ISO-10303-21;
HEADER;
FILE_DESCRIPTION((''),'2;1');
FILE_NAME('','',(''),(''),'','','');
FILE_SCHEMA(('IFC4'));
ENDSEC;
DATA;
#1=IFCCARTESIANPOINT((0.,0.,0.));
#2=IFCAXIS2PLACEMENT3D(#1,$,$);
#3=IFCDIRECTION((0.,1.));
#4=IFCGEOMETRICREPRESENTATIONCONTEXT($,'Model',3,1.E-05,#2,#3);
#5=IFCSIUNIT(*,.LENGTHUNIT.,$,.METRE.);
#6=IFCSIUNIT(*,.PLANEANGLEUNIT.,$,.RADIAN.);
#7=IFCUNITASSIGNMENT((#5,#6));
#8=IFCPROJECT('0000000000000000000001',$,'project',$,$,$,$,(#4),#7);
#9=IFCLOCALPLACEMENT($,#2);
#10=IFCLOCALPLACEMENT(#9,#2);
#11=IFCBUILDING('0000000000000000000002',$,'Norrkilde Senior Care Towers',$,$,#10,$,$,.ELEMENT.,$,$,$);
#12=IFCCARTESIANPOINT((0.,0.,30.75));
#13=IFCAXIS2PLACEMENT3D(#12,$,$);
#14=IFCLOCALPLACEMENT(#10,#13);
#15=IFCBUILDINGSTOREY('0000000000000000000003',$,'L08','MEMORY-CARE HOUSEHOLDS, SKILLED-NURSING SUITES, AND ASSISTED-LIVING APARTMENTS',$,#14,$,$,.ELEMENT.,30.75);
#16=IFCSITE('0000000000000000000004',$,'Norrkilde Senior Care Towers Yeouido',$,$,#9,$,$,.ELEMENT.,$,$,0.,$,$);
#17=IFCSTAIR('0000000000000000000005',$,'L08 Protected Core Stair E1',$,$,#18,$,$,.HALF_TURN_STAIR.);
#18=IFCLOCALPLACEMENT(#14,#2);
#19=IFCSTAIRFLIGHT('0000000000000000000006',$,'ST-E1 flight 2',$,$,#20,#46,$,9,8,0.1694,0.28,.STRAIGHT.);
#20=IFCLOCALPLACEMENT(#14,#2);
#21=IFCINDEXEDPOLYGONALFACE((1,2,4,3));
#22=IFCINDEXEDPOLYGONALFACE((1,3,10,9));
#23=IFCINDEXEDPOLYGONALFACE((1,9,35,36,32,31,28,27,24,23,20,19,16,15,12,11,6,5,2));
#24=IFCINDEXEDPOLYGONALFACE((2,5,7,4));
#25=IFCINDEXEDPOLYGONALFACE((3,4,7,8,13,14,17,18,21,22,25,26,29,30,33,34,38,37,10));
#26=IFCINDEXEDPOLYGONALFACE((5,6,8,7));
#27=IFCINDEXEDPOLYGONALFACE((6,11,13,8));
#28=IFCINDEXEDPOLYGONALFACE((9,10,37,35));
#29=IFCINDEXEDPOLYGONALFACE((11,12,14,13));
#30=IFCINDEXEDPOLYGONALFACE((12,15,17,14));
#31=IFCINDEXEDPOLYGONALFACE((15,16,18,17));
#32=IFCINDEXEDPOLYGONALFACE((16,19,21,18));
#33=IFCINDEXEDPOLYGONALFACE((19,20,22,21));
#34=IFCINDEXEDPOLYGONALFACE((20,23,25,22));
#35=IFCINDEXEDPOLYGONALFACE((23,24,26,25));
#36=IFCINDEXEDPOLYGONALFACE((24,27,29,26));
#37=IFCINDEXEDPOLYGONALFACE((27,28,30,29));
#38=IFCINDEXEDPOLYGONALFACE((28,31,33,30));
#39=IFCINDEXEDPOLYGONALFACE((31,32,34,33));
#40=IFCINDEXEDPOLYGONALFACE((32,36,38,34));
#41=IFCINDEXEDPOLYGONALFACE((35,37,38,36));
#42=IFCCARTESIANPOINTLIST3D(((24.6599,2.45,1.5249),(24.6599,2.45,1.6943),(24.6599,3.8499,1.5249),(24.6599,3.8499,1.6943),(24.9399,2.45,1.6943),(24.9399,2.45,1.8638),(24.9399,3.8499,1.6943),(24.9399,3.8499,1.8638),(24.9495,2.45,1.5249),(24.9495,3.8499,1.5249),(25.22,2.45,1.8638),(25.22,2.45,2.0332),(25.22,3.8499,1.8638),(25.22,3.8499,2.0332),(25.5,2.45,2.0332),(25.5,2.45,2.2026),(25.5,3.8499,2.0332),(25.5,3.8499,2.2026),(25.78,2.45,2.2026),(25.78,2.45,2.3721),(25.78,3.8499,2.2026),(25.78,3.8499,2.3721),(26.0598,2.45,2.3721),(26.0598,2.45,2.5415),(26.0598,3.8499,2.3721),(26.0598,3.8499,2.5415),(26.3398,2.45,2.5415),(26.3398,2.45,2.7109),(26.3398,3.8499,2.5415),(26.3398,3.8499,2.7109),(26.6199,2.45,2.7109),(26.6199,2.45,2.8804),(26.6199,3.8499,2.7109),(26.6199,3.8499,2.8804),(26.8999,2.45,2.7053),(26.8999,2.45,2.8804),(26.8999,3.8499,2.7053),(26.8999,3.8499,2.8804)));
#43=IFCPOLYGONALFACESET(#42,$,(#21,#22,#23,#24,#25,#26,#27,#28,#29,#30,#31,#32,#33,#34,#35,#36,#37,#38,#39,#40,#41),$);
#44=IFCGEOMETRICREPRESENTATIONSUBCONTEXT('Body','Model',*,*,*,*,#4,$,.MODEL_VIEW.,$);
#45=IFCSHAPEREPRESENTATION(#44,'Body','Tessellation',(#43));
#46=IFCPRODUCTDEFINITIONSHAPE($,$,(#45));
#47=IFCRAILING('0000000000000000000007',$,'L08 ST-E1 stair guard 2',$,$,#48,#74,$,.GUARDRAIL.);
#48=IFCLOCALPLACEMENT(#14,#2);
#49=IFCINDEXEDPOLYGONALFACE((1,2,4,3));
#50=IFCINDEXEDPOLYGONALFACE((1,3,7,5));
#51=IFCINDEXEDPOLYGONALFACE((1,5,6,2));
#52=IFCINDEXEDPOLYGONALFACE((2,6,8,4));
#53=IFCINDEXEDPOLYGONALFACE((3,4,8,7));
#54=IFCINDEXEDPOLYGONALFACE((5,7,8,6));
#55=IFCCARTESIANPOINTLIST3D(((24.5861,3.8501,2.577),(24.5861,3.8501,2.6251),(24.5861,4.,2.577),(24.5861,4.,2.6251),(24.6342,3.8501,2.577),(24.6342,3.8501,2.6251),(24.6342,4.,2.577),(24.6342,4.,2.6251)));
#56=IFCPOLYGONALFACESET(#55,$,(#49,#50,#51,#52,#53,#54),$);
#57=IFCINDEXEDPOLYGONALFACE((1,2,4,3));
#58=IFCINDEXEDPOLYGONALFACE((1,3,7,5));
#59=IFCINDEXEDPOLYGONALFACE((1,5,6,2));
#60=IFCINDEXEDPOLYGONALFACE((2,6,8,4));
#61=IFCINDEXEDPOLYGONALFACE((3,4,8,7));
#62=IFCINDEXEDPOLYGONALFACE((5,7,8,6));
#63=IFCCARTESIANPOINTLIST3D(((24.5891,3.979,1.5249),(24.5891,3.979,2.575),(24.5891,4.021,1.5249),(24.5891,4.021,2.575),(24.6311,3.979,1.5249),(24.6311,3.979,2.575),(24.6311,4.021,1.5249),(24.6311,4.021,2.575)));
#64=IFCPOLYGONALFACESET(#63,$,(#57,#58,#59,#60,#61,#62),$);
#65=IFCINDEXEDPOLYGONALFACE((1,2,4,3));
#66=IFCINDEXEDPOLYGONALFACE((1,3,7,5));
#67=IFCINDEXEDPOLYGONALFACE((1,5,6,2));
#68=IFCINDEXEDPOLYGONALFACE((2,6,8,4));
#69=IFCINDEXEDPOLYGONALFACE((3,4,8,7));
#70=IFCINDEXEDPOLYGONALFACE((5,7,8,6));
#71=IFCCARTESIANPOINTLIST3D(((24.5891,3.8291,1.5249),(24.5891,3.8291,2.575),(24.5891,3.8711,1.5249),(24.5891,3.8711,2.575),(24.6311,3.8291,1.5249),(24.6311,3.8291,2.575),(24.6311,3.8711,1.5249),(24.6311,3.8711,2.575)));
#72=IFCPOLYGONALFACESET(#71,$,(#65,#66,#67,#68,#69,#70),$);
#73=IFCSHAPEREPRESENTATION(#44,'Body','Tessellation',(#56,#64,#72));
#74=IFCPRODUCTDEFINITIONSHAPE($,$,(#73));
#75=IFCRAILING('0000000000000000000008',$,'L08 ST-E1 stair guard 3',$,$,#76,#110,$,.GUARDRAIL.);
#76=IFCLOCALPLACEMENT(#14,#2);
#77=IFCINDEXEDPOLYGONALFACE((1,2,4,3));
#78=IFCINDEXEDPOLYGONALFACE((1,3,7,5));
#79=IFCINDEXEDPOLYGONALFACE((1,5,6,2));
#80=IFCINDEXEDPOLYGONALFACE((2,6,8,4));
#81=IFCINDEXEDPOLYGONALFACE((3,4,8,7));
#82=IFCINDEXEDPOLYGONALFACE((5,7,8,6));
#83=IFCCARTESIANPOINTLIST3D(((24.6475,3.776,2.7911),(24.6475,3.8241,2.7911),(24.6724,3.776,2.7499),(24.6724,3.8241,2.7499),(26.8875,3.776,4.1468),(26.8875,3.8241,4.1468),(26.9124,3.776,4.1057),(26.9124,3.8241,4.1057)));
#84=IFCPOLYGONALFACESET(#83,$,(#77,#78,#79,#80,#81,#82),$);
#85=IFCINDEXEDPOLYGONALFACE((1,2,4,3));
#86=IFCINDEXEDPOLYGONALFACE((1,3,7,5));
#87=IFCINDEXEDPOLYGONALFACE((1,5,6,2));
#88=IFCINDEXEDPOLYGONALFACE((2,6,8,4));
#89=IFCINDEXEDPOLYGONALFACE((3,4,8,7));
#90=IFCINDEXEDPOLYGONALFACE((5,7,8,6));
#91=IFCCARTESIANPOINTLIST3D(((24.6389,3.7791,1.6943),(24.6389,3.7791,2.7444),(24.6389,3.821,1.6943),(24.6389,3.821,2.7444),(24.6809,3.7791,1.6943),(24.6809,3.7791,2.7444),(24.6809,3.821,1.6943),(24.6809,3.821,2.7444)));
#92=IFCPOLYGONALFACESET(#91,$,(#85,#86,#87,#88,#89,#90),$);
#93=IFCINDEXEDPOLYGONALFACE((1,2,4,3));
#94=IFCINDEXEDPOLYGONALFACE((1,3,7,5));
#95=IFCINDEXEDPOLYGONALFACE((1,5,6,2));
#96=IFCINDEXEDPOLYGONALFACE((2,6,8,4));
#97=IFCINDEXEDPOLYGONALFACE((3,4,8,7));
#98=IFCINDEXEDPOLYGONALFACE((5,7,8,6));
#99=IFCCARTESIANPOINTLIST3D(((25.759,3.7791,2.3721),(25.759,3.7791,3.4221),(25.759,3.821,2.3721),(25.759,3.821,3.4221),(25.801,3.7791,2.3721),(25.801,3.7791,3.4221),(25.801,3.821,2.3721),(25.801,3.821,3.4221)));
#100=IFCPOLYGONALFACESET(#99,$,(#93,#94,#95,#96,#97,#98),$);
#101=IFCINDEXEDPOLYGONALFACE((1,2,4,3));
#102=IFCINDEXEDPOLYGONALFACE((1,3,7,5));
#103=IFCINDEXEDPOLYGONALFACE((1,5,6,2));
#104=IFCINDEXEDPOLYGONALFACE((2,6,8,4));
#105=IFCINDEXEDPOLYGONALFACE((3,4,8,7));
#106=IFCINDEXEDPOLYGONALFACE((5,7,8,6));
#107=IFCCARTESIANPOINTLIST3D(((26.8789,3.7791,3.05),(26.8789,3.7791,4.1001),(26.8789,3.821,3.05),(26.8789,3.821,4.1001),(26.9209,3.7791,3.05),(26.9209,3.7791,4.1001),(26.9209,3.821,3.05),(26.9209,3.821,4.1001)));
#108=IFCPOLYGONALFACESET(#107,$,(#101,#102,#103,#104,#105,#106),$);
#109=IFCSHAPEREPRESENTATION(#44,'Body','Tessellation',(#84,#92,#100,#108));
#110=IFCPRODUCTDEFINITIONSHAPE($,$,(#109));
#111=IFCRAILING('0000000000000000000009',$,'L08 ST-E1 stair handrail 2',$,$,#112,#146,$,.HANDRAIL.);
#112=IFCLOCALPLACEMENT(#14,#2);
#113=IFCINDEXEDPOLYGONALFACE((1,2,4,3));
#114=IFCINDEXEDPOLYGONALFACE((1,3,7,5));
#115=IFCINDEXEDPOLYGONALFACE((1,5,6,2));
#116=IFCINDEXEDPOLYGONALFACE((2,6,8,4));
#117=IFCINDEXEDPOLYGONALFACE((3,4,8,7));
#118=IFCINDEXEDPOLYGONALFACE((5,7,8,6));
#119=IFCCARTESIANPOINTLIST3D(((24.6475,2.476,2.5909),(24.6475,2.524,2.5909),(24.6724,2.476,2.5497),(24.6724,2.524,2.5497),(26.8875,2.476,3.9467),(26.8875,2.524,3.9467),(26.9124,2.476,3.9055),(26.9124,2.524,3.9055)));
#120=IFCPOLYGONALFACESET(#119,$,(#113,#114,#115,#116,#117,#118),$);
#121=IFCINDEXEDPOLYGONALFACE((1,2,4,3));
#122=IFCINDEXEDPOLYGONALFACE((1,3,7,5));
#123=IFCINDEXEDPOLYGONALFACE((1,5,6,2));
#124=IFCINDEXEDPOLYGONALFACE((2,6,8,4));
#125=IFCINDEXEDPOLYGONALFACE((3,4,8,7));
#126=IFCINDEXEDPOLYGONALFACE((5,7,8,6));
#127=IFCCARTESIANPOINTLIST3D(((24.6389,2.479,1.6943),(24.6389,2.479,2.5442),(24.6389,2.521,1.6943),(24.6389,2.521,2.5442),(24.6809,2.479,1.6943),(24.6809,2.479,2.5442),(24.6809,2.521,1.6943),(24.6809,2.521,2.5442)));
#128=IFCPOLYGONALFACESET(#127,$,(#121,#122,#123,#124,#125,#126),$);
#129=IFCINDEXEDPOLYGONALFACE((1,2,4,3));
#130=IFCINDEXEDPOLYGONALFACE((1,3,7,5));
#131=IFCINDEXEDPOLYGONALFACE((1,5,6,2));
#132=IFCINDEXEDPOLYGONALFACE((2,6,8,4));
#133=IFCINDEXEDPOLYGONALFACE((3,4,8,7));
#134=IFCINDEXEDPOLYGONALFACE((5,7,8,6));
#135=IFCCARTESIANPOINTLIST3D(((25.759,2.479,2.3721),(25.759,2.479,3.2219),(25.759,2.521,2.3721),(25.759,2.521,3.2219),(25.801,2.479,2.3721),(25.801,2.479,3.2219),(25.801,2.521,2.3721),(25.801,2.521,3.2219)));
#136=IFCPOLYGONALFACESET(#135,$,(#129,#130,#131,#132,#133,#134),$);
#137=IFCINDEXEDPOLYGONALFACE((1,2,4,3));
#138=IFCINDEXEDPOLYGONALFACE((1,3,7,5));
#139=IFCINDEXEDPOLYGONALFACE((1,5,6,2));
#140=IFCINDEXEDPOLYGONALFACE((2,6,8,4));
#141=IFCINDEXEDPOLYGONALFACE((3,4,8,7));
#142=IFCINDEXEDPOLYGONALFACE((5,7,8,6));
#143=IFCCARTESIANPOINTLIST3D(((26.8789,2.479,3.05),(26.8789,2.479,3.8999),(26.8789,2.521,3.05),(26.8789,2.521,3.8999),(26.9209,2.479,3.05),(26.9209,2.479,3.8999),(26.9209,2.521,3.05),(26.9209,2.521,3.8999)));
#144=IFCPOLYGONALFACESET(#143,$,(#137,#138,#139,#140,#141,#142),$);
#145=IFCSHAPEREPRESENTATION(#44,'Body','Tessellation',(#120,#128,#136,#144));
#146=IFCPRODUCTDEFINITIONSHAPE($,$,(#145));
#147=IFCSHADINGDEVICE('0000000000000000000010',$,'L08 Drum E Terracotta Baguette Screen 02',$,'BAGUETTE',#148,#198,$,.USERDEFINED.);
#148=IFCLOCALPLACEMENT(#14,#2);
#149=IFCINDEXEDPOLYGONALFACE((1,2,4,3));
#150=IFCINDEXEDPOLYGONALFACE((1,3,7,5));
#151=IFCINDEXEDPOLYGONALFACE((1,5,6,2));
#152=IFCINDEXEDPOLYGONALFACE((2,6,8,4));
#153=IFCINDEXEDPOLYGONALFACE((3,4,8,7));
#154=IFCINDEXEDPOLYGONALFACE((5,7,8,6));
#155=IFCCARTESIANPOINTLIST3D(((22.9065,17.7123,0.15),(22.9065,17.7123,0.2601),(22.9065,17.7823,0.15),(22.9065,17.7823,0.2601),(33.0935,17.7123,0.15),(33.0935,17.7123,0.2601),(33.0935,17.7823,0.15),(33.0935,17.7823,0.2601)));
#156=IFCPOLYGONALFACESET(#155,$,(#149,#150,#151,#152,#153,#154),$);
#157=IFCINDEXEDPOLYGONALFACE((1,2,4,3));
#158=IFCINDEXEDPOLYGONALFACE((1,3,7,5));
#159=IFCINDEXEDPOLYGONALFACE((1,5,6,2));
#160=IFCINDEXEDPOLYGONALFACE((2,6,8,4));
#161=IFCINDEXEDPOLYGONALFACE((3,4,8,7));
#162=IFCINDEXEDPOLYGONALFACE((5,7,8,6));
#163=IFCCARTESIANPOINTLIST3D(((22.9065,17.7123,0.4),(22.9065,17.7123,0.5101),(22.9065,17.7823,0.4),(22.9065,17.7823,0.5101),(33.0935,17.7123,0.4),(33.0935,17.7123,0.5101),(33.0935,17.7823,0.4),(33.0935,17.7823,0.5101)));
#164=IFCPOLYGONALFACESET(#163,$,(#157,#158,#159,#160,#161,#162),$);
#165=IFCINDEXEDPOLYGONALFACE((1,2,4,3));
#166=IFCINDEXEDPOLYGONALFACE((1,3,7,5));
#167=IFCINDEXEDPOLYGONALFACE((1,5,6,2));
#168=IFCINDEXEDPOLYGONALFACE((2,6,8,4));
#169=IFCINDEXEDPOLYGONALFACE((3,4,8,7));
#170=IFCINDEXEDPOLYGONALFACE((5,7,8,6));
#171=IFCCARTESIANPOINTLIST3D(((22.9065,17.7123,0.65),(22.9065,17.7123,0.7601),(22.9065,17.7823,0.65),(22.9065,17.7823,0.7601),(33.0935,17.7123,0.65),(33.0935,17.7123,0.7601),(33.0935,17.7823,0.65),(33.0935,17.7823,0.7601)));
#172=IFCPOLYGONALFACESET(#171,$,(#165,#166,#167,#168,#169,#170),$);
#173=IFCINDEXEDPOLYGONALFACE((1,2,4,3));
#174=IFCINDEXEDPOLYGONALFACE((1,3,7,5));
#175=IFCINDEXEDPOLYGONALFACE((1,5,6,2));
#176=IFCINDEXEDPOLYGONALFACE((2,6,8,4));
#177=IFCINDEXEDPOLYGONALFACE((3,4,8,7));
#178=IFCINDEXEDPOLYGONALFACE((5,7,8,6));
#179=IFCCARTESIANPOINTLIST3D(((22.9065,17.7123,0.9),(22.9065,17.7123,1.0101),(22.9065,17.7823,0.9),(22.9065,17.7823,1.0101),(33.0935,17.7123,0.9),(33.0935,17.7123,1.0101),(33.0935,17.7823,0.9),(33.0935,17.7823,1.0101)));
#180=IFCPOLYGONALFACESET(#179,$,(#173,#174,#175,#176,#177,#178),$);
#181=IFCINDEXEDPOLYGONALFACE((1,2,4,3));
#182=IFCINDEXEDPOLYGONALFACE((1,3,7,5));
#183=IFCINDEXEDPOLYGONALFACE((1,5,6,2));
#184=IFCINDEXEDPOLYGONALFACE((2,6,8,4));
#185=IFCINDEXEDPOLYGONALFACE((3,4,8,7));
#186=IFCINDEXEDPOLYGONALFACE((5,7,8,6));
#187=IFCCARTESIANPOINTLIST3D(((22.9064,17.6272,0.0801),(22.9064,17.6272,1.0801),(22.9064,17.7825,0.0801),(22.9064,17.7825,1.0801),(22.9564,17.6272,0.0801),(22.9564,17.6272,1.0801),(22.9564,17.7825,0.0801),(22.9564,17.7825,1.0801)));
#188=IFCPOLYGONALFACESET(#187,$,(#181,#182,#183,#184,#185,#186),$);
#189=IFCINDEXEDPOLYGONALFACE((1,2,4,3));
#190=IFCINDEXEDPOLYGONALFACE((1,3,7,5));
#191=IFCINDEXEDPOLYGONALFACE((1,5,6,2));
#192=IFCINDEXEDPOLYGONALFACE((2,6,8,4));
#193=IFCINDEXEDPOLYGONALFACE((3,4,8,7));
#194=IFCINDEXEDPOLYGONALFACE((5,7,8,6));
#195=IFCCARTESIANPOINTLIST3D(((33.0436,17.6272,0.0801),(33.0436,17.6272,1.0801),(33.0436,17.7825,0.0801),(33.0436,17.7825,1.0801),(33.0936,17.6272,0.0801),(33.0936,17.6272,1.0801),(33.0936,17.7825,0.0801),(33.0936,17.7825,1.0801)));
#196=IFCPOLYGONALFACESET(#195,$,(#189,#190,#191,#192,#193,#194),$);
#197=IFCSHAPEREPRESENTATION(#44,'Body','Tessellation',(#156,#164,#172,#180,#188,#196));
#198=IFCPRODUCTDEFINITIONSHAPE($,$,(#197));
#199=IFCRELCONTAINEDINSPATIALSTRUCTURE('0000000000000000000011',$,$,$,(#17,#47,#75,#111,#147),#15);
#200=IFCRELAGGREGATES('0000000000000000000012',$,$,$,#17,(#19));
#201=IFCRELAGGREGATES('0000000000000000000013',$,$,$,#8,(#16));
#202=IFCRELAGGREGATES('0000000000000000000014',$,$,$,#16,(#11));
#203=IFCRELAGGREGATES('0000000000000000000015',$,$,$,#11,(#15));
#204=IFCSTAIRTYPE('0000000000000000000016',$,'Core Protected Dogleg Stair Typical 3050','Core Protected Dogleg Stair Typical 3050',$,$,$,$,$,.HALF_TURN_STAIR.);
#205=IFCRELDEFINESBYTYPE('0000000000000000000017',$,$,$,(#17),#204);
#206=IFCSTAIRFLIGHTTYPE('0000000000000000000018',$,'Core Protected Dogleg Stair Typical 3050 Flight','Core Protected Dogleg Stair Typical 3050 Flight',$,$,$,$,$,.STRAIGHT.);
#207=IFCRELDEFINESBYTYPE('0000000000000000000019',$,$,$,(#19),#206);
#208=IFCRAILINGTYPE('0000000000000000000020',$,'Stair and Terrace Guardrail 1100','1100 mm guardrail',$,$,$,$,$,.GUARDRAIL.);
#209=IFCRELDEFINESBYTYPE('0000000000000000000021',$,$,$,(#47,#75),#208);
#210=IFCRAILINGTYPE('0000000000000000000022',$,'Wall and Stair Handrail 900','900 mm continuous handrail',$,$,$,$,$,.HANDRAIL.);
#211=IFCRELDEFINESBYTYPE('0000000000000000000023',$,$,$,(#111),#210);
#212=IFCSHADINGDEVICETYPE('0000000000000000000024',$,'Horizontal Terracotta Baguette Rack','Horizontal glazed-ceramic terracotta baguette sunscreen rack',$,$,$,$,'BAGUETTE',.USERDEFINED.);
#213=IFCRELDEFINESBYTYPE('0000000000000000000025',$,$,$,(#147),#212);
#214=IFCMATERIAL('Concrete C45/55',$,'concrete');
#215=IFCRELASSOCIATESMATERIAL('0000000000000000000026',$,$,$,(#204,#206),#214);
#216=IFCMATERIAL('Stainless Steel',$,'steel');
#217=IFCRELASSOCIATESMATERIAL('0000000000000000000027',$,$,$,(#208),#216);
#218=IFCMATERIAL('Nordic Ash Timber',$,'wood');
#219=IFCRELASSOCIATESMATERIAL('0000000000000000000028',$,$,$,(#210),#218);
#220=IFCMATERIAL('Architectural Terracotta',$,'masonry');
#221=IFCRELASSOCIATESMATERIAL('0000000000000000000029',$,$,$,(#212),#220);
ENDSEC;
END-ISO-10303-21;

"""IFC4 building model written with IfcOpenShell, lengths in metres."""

from ifc_helpers import new_model, si_unit, direction, frame, origin, origin_2d, place, context, subcontext, project, spatial, polyline, rectangle, outline, extrude, source, transform, mapped, material, type_object, type_shapes, element, aggregate, save


model = new_model("IFC4")

# Units and contexts
model_context = context("Model", 3, precision=1e-05, world=origin(), true_north=direction((0.0, 1.0)))
body_context = subcontext(model_context, "Body", "Model", "MODEL_VIEW")
ifc_project = project(units=[si_unit("LENGTHUNIT", "METRE"), si_unit("PLANEANGLEUNIT", "RADIAN")], contexts=[model_context])

# Site, building, storey
site_placement = place(None, origin())
site = spatial("IfcSite", under=ifc_project, at=site_placement, Name="Norrkilde Senior Care Towers Yeouido", CompositionType="ELEMENT", RefElevation=0.0)
building_placement = place(site_placement, origin())
building = spatial("IfcBuilding", under=site, at=building_placement, Name="Norrkilde Senior Care Towers", CompositionType="ELEMENT")
storey_placement = place(building_placement, frame((0.0, 0.0, 30.75)))
storey = spatial("IfcBuildingStorey", under=building, at=storey_placement, Name="L08", Description="MEMORY-CARE HOUSEHOLDS, SKILLED-NURSING SUITES, AND ASSISTED-LIVING APARTMENTS", CompositionType="ELEMENT", Elevation=30.75)

# Shared definitions
ifc_material_1 = material(Name="Concrete C45/55", Category="concrete")
ifc_material_2 = material(Name="Stainless Steel", Category="steel")

# Shared definitions
ifc_material_3 = material(Name="Nordic Ash Timber", Category="wood")

# Stair, stair flight
stair_type = type_object("IfcStairType", Name="Core Protected Dogleg Stair Typical 3050", Description="Core Protected Dogleg Stair Typical 3050", PredefinedType="HALF_TURN_STAIR", material=ifc_material_1)
stair_placement = place(storey_placement, origin())
stair = element("IfcStair", 1, at=stair_placement, inside=storey, type_object=stair_type, Name="L08 Protected Core Stair E1", PredefinedType="HALF_TURN_STAIR")
stair_flight_type = type_object("IfcStairFlightType", Name="Core Protected Dogleg Stair Typical 3050 Flight", Description="Core Protected Dogleg Stair Typical 3050 Flight", PredefinedType="STRAIGHT", material=ifc_material_1)
stair_flight_placement = place(storey_placement, frame((24.6599, 3.1499, 1.5249), z_axis=(0.0, 0.0, 1.0), x_axis=(1.0, 0.0, 0.0)))
stair_flight = element("IfcStairFlight", 2, at=stair_flight_placement, type_object=stair_flight_type, Name="ST-E1 flight 2", NumberOfRisers=9, NumberOfTreads=8, PredefinedType="STRAIGHT", RiserHeight=0.1694, TreadLength=0.28, context=body_context, shape_type="SweptSolid", body=[
    extrude(outline(polyline([(0.0, 0.0), (0.0, 0.1694), (0.28, 0.1694), (0.28, 0.3389), (0.5601, 0.3389), (0.5601, 0.5083), (0.8401, 0.5083), (0.8401, 0.6777), (1.1201, 0.6777), (1.1201, 0.8472), (1.3999, 0.8472), (1.3999, 1.0166), (1.6799, 1.0166), (1.6799, 1.186), (1.96, 1.186), (1.96, 1.3555), (2.24, 1.3555), (2.24, 1.5249), (2.24, 1.1804), (0.2896, 0.0), (0.0, 0.0)])), frame((0.0, 0.7, 0.0), z_axis=(0.0, -1.0, 0.0), x_axis=(1.0, 0.0, 0.0)), (0.0, 0.0, 1.0), 1.3999),
])
aggregate(stair, [stair_flight])

# Railings
railing_type_1 = type_object("IfcRailingType", Name="Stair and Terrace Guardrail 1100", Description="1100 mm guardrail", PredefinedType="GUARDRAIL", material=ifc_material_2)
railing_1_placement = place(storey_placement, frame((24.6101, 4.0, 1.5249)))
element("IfcRailing", 3, at=railing_1_placement, inside=storey, type_object=railing_type_1, Name="L08 ST-E1 stair guard 2", PredefinedType="GUARDRAIL", context=body_context, shape_type="SweptSolid", body=[
    extrude(rectangle(XDim=0.0481, YDim=0.0481, at=origin_2d()), frame((0.0, 0.0, 1.0762), z_axis=(0.0, -1.0, 0.0), x_axis=(1.0, 0.0, 0.0)), (0.0, 0.0, 1.0), 0.1499),
    extrude(rectangle(XDim=0.042, YDim=0.042, at=origin_2d()), origin(), (0.0, 0.0, 1.0), 1.05),
    extrude(rectangle(XDim=0.042, YDim=0.042, at=origin_2d()), frame((0.0, -0.1499, 0.0)), (0.0, 0.0, 1.0), 1.05),
])
railing_2_placement = place(storey_placement, frame((24.6599, 3.8, 1.6943)))
element("IfcRailing", 4, at=railing_2_placement, inside=storey, type_object=railing_type_1, Name="L08 ST-E1 stair guard 3", PredefinedType="GUARDRAIL", context=body_context, shape_type="SweptSolid", body=[
    extrude(rectangle(XDim=0.0481, YDim=0.0481, at=origin_2d()), frame((0.0, 0.0, 1.0762), z_axis=(0.855512, 0.0, 0.517783), x_axis=(0.0, 1.0, 0.0)), (0.0, 0.0, 1.0), 2.6184),
    extrude(rectangle(XDim=0.042, YDim=0.042, at=origin_2d()), origin(), (0.0, 0.0, 1.0), 1.05),
    extrude(rectangle(XDim=0.042, YDim=0.042, at=origin_2d()), frame((1.1201, 0.0, 0.6777)), (0.0, 0.0, 1.0), 1.05),
    extrude(rectangle(XDim=0.042, YDim=0.042, at=origin_2d()), frame((2.24, 0.0, 1.3557)), (0.0, 0.0, 1.0), 1.05),
])
railing_type_2 = type_object("IfcRailingType", Name="Wall and Stair Handrail 900", Description="900 mm continuous handrail", PredefinedType="HANDRAIL", material=ifc_material_3)
railing_3_placement = place(storey_placement, frame((24.6599, 2.5, 1.6943)))
element("IfcRailing", 5, at=railing_3_placement, inside=storey, type_object=railing_type_2, Name="L08 ST-E1 stair handrail 2", PredefinedType="HANDRAIL", context=body_context, shape_type="SweptSolid", body=[
    extrude(rectangle(XDim=0.0481, YDim=0.0481, at=origin_2d()), frame((0.0, 0.0, 0.876), z_axis=(0.855512, 0.0, 0.517783), x_axis=(0.0, 1.0, 0.0)), (0.0, 0.0, 1.0), 2.6184),
    extrude(rectangle(XDim=0.042, YDim=0.042, at=origin_2d()), origin(), (0.0, 0.0, 1.0), 0.8499),
    extrude(rectangle(XDim=0.042, YDim=0.042, at=origin_2d()), frame((1.1201, 0.0, 0.6777)), (0.0, 0.0, 1.0), 0.8499),
    extrude(rectangle(XDim=0.042, YDim=0.042, at=origin_2d()), frame((2.24, 0.0, 1.3557)), (0.0, 0.0, 1.0), 0.8499),
])

# Shading device
ifc_material_4 = material(Name="Architectural Terracotta", Category="masonry")
shading_device_type = type_object("IfcShadingDeviceType", Name="Horizontal Terracotta Baguette Rack", Description="Horizontal glazed-ceramic terracotta baguette sunscreen rack", ElementType="BAGUETTE", PredefinedType="USERDEFINED", material=ifc_material_4)
shared_shape_1 = source(origin(), body_context, "Body", "SweptSolid", [
    extrude(rectangle(XDim=0.0701, YDim=0.1101, at=origin_2d()), frame((0.0, 0.0901, 0.125), z_axis=(1.0, 0.0, 0.0), x_axis=(0.0, 1.0, 0.0)), (0.0, 0.0, 1.0), 10.187),
    extrude(rectangle(XDim=0.0701, YDim=0.1101, at=origin_2d()), frame((0.0, 0.0901, 0.375), z_axis=(1.0, 0.0, 0.0), x_axis=(0.0, 1.0, 0.0)), (0.0, 0.0, 1.0), 10.187),
    extrude(rectangle(XDim=0.0701, YDim=0.1101, at=origin_2d()), frame((0.0, 0.0901, 0.625), z_axis=(1.0, 0.0, 0.0), x_axis=(0.0, 1.0, 0.0)), (0.0, 0.0, 1.0), 10.187),
    extrude(rectangle(XDim=0.0701, YDim=0.1101, at=origin_2d()), frame((0.0, 0.0901, 0.875), z_axis=(1.0, 0.0, 0.0), x_axis=(0.0, 1.0, 0.0)), (0.0, 0.0, 1.0), 10.187),
    extrude(rectangle(XDim=0.05, YDim=0.1553, at=origin_2d()), frame((0.0249, 0.0476, 0.0)), (0.0, 0.0, 1.0), 1.0),
    extrude(rectangle(XDim=0.05, YDim=0.1553, at=origin_2d()), frame((10.1621, 0.0476, 0.0)), (0.0, 0.0, 1.0), 1.0),
])
type_shapes(shading_device_type, [shared_shape_1])
shading_device_placement = place(storey_placement, frame((22.9065, 17.6572, 0.0801), z_axis=(0.0, 0.0, 1.0), x_axis=(1.0, 0.0, 0.0)))
element("IfcShadingDevice", 6, at=shading_device_placement, inside=storey, type_object=shading_device_type, Name="L08 Drum E Terracotta Baguette Screen 02", ObjectType="BAGUETTE", PredefinedType="USERDEFINED", context=body_context, shape_type="MappedRepresentation", body=[
    mapped(shared_shape_1, transform((0.0, 0.0, 0.0), x_axis=(1.0, 0.0, 0.0), y_axis=(0.0, 1.0, 0.0), z_axis=(0.0, 0.0, 1.0), scale=1.0)),
])

save(model, "model.ifc")
